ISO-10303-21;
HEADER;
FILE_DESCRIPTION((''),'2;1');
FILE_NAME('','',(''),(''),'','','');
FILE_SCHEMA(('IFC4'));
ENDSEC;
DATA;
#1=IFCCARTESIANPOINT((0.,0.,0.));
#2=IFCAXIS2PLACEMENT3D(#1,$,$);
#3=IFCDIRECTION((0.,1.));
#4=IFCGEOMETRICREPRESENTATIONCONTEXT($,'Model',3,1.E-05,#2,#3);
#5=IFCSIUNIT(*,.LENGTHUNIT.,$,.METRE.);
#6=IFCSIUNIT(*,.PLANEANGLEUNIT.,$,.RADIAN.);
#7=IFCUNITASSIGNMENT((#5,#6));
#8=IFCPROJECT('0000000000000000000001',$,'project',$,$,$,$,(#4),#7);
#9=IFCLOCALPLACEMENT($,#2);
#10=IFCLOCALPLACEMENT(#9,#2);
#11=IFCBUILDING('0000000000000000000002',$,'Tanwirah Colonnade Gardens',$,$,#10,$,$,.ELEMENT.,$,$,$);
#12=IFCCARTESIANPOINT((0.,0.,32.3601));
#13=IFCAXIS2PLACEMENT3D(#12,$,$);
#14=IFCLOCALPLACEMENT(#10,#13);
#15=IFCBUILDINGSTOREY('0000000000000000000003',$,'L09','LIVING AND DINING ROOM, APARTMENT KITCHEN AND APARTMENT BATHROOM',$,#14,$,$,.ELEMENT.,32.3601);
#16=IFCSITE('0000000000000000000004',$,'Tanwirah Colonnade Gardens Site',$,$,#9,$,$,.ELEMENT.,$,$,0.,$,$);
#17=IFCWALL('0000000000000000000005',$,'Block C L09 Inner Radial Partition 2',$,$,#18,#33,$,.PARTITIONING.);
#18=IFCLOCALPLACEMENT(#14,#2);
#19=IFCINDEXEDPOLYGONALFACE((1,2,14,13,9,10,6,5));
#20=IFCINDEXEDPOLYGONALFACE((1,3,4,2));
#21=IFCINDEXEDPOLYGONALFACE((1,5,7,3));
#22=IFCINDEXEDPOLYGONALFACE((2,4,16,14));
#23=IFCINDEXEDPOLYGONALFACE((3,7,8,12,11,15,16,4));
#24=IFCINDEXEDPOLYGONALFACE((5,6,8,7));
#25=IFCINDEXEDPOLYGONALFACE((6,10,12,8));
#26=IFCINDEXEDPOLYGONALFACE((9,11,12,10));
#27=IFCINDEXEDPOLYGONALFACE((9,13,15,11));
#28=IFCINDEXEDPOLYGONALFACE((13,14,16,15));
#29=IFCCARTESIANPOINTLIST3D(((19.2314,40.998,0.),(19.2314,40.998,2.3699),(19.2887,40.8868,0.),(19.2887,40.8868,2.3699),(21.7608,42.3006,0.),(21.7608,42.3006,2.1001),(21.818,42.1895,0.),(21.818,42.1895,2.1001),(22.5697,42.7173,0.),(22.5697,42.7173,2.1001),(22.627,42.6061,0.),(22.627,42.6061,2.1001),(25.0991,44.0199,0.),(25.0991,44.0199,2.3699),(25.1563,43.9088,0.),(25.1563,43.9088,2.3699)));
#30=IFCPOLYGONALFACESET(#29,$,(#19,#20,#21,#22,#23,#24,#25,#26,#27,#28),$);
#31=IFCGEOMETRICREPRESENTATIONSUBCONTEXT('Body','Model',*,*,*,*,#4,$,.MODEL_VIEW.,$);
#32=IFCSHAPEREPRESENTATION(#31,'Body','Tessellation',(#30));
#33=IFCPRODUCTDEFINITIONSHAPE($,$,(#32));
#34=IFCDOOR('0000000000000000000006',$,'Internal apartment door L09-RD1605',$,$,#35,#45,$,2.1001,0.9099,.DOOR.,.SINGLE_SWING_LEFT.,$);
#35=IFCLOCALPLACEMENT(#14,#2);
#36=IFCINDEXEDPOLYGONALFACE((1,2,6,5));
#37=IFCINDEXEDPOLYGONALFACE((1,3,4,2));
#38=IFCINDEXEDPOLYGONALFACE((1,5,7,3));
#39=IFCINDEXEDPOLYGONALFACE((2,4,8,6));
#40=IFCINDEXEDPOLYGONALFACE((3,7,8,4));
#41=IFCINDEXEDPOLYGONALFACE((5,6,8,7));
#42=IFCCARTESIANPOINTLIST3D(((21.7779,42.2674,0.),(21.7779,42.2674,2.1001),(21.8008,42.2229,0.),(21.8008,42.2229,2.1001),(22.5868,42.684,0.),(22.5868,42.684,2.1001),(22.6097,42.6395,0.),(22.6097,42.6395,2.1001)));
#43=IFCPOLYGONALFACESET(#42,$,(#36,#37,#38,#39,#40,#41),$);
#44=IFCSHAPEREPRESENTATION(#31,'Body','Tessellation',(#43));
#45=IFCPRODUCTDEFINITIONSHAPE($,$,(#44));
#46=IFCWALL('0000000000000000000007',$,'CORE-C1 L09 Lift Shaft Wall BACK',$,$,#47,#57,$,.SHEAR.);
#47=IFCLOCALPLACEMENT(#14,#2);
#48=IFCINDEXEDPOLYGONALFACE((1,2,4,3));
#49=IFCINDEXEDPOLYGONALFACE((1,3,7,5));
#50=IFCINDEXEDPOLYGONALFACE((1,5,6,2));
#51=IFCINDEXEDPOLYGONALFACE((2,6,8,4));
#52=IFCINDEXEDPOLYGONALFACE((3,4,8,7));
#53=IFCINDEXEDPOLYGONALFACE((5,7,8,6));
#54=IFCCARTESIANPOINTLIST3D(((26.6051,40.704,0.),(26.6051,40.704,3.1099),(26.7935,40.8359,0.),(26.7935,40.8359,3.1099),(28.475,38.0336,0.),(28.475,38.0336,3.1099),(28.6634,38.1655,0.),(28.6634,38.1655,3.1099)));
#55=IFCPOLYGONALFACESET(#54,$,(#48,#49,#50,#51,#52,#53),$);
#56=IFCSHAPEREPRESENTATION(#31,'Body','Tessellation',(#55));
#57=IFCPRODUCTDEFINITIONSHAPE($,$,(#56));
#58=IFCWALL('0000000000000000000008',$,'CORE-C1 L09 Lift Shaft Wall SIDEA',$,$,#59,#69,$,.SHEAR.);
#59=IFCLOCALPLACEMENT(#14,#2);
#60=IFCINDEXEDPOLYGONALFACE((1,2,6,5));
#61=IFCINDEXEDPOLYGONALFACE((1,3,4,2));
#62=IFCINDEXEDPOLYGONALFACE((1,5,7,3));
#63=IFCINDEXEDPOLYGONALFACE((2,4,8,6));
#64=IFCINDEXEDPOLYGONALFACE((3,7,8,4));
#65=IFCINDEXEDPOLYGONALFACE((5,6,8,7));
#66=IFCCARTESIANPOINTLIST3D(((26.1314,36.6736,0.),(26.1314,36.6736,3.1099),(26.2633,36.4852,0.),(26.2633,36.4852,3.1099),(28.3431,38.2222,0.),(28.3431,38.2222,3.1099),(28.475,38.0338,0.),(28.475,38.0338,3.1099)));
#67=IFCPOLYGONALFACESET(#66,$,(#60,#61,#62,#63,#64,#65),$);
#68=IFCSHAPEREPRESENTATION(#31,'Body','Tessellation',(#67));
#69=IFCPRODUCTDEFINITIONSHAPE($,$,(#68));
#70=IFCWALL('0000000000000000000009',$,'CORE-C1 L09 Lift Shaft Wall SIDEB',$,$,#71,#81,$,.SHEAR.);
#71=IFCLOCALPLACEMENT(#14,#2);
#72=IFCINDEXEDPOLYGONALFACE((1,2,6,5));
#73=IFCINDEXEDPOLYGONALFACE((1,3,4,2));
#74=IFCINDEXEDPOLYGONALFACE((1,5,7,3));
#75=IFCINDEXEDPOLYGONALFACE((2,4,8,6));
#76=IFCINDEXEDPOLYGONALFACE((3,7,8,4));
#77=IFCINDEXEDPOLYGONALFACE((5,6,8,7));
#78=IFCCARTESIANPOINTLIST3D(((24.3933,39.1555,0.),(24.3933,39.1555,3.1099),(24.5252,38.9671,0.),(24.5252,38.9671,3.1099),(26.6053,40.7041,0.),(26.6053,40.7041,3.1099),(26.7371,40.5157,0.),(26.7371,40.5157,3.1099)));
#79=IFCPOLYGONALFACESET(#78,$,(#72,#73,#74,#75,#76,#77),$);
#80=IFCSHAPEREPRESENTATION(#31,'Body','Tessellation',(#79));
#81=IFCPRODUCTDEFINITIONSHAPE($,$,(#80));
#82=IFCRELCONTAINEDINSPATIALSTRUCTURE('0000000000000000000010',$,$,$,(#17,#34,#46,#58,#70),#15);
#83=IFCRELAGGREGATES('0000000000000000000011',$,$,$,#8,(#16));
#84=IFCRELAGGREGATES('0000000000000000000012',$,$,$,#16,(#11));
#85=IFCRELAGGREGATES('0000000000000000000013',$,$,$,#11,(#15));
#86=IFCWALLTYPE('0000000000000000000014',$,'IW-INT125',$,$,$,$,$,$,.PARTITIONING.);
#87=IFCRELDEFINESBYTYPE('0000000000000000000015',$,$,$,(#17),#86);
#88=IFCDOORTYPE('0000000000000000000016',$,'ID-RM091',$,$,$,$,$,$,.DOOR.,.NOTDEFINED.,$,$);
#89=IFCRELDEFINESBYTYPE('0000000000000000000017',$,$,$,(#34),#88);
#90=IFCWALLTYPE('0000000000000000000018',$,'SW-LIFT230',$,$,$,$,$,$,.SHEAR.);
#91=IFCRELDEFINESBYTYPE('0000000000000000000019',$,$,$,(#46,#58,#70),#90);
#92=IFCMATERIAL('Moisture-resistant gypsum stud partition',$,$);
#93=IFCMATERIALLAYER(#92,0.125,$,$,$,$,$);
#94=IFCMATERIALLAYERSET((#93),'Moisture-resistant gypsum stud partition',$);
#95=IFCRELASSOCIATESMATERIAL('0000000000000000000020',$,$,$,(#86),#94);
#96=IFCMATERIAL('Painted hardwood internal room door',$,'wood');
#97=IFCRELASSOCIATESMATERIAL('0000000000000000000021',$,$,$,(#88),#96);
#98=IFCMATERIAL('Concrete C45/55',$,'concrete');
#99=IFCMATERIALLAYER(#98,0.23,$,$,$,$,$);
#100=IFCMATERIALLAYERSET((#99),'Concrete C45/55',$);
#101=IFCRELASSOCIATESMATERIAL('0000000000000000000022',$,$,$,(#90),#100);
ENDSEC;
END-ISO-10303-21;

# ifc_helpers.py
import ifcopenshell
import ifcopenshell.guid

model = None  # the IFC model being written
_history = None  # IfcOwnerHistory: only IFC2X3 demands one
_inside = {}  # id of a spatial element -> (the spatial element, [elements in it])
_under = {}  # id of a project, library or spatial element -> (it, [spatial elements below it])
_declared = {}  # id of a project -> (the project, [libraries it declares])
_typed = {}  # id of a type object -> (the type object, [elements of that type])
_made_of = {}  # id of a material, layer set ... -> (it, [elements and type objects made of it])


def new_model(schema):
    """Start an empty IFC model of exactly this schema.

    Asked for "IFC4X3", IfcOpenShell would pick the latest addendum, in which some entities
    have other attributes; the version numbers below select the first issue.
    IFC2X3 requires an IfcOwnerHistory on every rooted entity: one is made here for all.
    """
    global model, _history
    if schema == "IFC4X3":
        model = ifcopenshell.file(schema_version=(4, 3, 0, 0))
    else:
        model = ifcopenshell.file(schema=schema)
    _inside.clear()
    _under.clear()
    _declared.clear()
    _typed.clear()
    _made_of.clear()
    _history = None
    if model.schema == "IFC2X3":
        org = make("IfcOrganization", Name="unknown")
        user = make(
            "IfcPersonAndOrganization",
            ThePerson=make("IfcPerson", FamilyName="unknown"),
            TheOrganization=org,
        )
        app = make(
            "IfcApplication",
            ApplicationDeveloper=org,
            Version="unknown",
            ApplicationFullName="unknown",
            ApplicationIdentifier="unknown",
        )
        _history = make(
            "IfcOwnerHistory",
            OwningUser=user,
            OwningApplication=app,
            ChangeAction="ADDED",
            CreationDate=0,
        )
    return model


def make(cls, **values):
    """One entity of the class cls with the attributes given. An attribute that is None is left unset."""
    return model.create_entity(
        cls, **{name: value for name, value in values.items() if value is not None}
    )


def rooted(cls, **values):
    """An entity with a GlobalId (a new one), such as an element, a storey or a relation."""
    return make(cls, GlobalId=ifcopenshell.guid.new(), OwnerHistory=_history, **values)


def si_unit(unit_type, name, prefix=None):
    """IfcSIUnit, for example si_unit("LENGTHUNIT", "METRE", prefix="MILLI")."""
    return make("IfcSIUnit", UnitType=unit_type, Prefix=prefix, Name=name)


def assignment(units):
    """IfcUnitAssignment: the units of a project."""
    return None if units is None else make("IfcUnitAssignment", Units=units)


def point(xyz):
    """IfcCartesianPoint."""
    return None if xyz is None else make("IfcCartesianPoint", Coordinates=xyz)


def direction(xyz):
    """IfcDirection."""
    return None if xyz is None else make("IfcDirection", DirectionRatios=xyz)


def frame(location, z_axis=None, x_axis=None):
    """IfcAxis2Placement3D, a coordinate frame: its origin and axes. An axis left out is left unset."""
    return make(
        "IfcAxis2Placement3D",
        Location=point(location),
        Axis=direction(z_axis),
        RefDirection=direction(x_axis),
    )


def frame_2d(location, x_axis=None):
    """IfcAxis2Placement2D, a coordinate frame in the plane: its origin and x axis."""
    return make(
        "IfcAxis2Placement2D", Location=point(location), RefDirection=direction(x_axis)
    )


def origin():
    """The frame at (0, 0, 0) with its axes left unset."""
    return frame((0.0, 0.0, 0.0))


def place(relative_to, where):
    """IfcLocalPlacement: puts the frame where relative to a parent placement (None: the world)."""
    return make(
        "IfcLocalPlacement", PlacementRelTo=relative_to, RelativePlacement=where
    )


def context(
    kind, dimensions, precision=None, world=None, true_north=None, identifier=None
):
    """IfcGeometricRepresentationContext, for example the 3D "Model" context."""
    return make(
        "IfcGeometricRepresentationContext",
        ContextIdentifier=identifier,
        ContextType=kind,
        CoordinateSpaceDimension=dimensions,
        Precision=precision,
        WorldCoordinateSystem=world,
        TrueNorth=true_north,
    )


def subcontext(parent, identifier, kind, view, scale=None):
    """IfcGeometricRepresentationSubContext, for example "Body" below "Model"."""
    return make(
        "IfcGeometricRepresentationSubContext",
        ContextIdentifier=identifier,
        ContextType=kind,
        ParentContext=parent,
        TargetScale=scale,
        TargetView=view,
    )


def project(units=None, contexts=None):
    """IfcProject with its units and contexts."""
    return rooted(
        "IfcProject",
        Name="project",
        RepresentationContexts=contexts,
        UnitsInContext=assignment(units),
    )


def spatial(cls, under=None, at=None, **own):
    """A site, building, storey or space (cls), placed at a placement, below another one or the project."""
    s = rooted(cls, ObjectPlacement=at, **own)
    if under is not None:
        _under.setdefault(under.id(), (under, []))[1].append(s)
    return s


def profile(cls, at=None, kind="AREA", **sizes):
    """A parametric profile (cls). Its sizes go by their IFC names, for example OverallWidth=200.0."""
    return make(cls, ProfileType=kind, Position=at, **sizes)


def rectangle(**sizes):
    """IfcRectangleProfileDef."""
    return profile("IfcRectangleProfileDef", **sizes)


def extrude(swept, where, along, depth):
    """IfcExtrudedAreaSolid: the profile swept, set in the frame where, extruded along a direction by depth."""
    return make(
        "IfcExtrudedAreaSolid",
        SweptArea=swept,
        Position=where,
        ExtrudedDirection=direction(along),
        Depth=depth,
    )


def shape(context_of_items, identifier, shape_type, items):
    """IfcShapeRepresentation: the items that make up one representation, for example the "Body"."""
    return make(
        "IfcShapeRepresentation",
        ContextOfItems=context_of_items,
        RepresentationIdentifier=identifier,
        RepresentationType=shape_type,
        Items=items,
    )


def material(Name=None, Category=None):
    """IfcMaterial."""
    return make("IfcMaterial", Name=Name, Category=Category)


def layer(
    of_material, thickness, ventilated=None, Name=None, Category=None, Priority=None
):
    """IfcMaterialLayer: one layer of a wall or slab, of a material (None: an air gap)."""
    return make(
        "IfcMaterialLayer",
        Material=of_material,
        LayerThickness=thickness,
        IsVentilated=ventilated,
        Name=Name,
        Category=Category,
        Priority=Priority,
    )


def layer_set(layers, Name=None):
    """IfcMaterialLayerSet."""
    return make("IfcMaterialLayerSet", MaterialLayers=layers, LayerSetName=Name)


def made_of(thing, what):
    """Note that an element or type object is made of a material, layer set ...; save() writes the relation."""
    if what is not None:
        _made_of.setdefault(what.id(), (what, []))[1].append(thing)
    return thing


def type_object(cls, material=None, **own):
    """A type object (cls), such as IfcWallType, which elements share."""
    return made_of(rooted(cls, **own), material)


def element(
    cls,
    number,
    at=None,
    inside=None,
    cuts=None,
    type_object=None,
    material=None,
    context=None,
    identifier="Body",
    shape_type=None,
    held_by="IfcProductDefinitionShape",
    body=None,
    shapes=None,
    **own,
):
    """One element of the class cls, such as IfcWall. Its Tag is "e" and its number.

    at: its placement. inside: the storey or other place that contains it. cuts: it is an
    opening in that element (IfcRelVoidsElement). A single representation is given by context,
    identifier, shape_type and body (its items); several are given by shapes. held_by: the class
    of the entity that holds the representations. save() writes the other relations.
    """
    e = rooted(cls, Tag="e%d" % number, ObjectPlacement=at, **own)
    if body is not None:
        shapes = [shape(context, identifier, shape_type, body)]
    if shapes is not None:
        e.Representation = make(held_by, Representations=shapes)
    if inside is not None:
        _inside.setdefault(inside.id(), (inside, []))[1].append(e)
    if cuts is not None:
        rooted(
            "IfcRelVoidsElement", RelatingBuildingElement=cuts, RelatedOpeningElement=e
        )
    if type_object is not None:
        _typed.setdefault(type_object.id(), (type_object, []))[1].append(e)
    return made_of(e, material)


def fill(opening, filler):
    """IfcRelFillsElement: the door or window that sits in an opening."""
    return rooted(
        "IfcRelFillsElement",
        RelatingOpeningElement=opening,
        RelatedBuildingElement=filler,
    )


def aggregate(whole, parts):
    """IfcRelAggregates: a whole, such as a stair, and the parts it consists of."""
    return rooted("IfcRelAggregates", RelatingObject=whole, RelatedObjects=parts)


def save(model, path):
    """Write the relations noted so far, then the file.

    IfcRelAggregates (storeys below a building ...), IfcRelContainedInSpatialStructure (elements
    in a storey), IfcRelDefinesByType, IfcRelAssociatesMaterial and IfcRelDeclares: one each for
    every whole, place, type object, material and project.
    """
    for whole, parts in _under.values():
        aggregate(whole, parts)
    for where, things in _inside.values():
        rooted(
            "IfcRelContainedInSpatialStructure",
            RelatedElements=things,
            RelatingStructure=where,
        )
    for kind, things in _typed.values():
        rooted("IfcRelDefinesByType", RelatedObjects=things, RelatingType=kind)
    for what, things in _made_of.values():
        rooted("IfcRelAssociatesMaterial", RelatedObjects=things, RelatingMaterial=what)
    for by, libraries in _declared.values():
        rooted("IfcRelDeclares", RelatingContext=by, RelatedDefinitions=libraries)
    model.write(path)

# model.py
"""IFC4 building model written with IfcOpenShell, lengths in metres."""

from ifc_helpers import new_model, si_unit, direction, frame, frame_2d, origin, place, context, subcontext, project, spatial, rectangle, extrude, material, layer, layer_set, type_object, element, fill, save


model = new_model("IFC4")

# Units and contexts
model_context = context("Model", 3, precision=1e-05, world=origin(), true_north=direction((0.0, 1.0)))
body_context = subcontext(model_context, "Body", "Model", "MODEL_VIEW")
ifc_project = project(units=[si_unit("LENGTHUNIT", "METRE"), si_unit("PLANEANGLEUNIT", "RADIAN")], contexts=[model_context])

# Site, building, storey
site_placement = place(None, origin())
site = spatial("IfcSite", under=ifc_project, at=site_placement, Name="Tanwirah Colonnade Gardens Site", CompositionType="ELEMENT", RefElevation=0.0)
building_placement = place(site_placement, origin())
building = spatial("IfcBuilding", under=site, at=building_placement, Name="Tanwirah Colonnade Gardens", CompositionType="ELEMENT")
storey_placement = place(building_placement, frame((0.0, 0.0, 32.3601)))
storey = spatial("IfcBuildingStorey", under=building, at=storey_placement, Name="L09", Description="LIVING AND DINING ROOM, APARTMENT KITCHEN AND APARTMENT BATHROOM", CompositionType="ELEMENT", Elevation=32.3601)

# Wall, opening, door
ifc_material_1 = material(Name="Moisture-resistant gypsum stud partition")
ifc_layer_1 = layer(ifc_material_1, 0.125)
ifc_layer_set_1 = layer_set([ifc_layer_1], Name="Moisture-resistant gypsum stud partition")
wall_type_1 = type_object("IfcWallType", Name="IW-INT125", PredefinedType="PARTITIONING", material=ifc_layer_set_1)
wall_1_placement = place(storey_placement, frame((25.1277, 43.9644, 0.0), z_axis=(0.0, 0.0, 1.0), x_axis=(-0.889022, -0.457864, 0.0)))
wall_1 = element("IfcWall", 1, at=wall_1_placement, inside=storey, type_object=wall_type_1, Name="Block C L09 Inner Radial Partition 2", PredefinedType="PARTITIONING", context=body_context, shape_type="SweptSolid", body=[
    extrude(rectangle(XDim=6.6001, YDim=0.125, at=frame_2d((3.3, 0.0))), origin(), (0.0, 0.0, 1.0), 2.3699),
])
opening_1_placement = place(wall_1_placement, frame((2.845, 0.0, 0.0)))
opening_1 = element("IfcOpeningElement", 2, at=opening_1_placement, cuts=wall_1, PredefinedType="OPENING", context=body_context, shape_type="SweptSolid", body=[
    extrude(rectangle(XDim=0.9099, YDim=2.1001, at=frame_2d((0.4551, 1.05))), frame((0.0, 0.0725, 0.0), z_axis=(0.0, -1.0, 0.0), x_axis=(1.0, 0.0, 0.0)), (0.0, 0.0, 1.0), 0.145),
])
ifc_material_2 = material(Name="Painted hardwood internal room door", Category="wood")
door_type = type_object("IfcDoorType", Name="ID-RM091", OperationType="NOTDEFINED", PredefinedType="DOOR", material=ifc_material_2)
door_placement = place(opening_1_placement, origin())
door = element("IfcDoor", 3, at=door_placement, inside=storey, type_object=door_type, Name="Internal apartment door L09-RD1605", OperationType="SINGLE_SWING_LEFT", OverallHeight=2.1001, OverallWidth=0.9099, PredefinedType="DOOR", context=body_context, shape_type="SweptSolid", body=[
    extrude(rectangle(XDim=0.9099, YDim=2.1001, at=frame_2d((0.4551, 1.05))), frame((0.0, 0.0249, 0.0), z_axis=(0.0, -1.0, 0.0), x_axis=(1.0, 0.0, 0.0)), (0.0, 0.0, 1.0), 0.05),
])
fill(opening_1, door)

# Walls
ifc_material_3 = material(Name="Concrete C45/55", Category="concrete")
ifc_layer_2 = layer(ifc_material_3, 0.23)
ifc_layer_set_2 = layer_set([ifc_layer_2], Name="Concrete C45/55")
wall_type_2 = type_object("IfcWallType", Name="SW-LIFT230", PredefinedType="SHEAR", material=ifc_layer_set_2)
wall_2_placement = place(storey_placement, frame((28.5691, 38.0996, 0.0), z_axis=(0.0, 0.0, 1.0), x_axis=(-0.573583, 0.819147, 0.0)))
element("IfcWall", 4, at=wall_2_placement, inside=storey, type_object=wall_type_2, Name="CORE-C1 L09 Lift Shaft Wall BACK", PredefinedType="SHEAR", context=body_context, shape_type="SweptSolid", body=[
    extrude(rectangle(XDim=3.26, YDim=0.23, at=frame_2d((1.6299, 0.0))), origin(), (0.0, 0.0, 1.0), 3.1099),
])
wall_3_placement = place(storey_placement, frame((26.1973, 36.5793, 0.0), z_axis=(0.0, 0.0, 1.0), x_axis=(0.81916, 0.573566, 0.0)))
element("IfcWall", 5, at=wall_3_placement, inside=storey, type_object=wall_type_2, Name="CORE-C1 L09 Lift Shaft Wall SIDEA", PredefinedType="SHEAR", context=body_context, shape_type="SweptSolid", body=[
    extrude(rectangle(XDim=2.7, YDim=0.23, at=frame_2d((1.3501, 0.0))), origin(), (0.0, 0.0, 1.0), 3.1099),
])
wall_4_placement = place(storey_placement, frame((24.4592, 39.0613, 0.0), z_axis=(0.0, 0.0, 1.0), x_axis=(0.819189, 0.573523, 0.0)))
element("IfcWall", 6, at=wall_4_placement, inside=storey, type_object=wall_type_2, Name="CORE-C1 L09 Lift Shaft Wall SIDEB", PredefinedType="SHEAR", context=body_context, shape_type="SweptSolid", body=[
    extrude(rectangle(XDim=2.7002, YDim=0.23, at=frame_2d((1.3501, 0.0))), origin(), (0.0, 0.0, 1.0), 3.1099),
])

save(model, "model.ifc")
